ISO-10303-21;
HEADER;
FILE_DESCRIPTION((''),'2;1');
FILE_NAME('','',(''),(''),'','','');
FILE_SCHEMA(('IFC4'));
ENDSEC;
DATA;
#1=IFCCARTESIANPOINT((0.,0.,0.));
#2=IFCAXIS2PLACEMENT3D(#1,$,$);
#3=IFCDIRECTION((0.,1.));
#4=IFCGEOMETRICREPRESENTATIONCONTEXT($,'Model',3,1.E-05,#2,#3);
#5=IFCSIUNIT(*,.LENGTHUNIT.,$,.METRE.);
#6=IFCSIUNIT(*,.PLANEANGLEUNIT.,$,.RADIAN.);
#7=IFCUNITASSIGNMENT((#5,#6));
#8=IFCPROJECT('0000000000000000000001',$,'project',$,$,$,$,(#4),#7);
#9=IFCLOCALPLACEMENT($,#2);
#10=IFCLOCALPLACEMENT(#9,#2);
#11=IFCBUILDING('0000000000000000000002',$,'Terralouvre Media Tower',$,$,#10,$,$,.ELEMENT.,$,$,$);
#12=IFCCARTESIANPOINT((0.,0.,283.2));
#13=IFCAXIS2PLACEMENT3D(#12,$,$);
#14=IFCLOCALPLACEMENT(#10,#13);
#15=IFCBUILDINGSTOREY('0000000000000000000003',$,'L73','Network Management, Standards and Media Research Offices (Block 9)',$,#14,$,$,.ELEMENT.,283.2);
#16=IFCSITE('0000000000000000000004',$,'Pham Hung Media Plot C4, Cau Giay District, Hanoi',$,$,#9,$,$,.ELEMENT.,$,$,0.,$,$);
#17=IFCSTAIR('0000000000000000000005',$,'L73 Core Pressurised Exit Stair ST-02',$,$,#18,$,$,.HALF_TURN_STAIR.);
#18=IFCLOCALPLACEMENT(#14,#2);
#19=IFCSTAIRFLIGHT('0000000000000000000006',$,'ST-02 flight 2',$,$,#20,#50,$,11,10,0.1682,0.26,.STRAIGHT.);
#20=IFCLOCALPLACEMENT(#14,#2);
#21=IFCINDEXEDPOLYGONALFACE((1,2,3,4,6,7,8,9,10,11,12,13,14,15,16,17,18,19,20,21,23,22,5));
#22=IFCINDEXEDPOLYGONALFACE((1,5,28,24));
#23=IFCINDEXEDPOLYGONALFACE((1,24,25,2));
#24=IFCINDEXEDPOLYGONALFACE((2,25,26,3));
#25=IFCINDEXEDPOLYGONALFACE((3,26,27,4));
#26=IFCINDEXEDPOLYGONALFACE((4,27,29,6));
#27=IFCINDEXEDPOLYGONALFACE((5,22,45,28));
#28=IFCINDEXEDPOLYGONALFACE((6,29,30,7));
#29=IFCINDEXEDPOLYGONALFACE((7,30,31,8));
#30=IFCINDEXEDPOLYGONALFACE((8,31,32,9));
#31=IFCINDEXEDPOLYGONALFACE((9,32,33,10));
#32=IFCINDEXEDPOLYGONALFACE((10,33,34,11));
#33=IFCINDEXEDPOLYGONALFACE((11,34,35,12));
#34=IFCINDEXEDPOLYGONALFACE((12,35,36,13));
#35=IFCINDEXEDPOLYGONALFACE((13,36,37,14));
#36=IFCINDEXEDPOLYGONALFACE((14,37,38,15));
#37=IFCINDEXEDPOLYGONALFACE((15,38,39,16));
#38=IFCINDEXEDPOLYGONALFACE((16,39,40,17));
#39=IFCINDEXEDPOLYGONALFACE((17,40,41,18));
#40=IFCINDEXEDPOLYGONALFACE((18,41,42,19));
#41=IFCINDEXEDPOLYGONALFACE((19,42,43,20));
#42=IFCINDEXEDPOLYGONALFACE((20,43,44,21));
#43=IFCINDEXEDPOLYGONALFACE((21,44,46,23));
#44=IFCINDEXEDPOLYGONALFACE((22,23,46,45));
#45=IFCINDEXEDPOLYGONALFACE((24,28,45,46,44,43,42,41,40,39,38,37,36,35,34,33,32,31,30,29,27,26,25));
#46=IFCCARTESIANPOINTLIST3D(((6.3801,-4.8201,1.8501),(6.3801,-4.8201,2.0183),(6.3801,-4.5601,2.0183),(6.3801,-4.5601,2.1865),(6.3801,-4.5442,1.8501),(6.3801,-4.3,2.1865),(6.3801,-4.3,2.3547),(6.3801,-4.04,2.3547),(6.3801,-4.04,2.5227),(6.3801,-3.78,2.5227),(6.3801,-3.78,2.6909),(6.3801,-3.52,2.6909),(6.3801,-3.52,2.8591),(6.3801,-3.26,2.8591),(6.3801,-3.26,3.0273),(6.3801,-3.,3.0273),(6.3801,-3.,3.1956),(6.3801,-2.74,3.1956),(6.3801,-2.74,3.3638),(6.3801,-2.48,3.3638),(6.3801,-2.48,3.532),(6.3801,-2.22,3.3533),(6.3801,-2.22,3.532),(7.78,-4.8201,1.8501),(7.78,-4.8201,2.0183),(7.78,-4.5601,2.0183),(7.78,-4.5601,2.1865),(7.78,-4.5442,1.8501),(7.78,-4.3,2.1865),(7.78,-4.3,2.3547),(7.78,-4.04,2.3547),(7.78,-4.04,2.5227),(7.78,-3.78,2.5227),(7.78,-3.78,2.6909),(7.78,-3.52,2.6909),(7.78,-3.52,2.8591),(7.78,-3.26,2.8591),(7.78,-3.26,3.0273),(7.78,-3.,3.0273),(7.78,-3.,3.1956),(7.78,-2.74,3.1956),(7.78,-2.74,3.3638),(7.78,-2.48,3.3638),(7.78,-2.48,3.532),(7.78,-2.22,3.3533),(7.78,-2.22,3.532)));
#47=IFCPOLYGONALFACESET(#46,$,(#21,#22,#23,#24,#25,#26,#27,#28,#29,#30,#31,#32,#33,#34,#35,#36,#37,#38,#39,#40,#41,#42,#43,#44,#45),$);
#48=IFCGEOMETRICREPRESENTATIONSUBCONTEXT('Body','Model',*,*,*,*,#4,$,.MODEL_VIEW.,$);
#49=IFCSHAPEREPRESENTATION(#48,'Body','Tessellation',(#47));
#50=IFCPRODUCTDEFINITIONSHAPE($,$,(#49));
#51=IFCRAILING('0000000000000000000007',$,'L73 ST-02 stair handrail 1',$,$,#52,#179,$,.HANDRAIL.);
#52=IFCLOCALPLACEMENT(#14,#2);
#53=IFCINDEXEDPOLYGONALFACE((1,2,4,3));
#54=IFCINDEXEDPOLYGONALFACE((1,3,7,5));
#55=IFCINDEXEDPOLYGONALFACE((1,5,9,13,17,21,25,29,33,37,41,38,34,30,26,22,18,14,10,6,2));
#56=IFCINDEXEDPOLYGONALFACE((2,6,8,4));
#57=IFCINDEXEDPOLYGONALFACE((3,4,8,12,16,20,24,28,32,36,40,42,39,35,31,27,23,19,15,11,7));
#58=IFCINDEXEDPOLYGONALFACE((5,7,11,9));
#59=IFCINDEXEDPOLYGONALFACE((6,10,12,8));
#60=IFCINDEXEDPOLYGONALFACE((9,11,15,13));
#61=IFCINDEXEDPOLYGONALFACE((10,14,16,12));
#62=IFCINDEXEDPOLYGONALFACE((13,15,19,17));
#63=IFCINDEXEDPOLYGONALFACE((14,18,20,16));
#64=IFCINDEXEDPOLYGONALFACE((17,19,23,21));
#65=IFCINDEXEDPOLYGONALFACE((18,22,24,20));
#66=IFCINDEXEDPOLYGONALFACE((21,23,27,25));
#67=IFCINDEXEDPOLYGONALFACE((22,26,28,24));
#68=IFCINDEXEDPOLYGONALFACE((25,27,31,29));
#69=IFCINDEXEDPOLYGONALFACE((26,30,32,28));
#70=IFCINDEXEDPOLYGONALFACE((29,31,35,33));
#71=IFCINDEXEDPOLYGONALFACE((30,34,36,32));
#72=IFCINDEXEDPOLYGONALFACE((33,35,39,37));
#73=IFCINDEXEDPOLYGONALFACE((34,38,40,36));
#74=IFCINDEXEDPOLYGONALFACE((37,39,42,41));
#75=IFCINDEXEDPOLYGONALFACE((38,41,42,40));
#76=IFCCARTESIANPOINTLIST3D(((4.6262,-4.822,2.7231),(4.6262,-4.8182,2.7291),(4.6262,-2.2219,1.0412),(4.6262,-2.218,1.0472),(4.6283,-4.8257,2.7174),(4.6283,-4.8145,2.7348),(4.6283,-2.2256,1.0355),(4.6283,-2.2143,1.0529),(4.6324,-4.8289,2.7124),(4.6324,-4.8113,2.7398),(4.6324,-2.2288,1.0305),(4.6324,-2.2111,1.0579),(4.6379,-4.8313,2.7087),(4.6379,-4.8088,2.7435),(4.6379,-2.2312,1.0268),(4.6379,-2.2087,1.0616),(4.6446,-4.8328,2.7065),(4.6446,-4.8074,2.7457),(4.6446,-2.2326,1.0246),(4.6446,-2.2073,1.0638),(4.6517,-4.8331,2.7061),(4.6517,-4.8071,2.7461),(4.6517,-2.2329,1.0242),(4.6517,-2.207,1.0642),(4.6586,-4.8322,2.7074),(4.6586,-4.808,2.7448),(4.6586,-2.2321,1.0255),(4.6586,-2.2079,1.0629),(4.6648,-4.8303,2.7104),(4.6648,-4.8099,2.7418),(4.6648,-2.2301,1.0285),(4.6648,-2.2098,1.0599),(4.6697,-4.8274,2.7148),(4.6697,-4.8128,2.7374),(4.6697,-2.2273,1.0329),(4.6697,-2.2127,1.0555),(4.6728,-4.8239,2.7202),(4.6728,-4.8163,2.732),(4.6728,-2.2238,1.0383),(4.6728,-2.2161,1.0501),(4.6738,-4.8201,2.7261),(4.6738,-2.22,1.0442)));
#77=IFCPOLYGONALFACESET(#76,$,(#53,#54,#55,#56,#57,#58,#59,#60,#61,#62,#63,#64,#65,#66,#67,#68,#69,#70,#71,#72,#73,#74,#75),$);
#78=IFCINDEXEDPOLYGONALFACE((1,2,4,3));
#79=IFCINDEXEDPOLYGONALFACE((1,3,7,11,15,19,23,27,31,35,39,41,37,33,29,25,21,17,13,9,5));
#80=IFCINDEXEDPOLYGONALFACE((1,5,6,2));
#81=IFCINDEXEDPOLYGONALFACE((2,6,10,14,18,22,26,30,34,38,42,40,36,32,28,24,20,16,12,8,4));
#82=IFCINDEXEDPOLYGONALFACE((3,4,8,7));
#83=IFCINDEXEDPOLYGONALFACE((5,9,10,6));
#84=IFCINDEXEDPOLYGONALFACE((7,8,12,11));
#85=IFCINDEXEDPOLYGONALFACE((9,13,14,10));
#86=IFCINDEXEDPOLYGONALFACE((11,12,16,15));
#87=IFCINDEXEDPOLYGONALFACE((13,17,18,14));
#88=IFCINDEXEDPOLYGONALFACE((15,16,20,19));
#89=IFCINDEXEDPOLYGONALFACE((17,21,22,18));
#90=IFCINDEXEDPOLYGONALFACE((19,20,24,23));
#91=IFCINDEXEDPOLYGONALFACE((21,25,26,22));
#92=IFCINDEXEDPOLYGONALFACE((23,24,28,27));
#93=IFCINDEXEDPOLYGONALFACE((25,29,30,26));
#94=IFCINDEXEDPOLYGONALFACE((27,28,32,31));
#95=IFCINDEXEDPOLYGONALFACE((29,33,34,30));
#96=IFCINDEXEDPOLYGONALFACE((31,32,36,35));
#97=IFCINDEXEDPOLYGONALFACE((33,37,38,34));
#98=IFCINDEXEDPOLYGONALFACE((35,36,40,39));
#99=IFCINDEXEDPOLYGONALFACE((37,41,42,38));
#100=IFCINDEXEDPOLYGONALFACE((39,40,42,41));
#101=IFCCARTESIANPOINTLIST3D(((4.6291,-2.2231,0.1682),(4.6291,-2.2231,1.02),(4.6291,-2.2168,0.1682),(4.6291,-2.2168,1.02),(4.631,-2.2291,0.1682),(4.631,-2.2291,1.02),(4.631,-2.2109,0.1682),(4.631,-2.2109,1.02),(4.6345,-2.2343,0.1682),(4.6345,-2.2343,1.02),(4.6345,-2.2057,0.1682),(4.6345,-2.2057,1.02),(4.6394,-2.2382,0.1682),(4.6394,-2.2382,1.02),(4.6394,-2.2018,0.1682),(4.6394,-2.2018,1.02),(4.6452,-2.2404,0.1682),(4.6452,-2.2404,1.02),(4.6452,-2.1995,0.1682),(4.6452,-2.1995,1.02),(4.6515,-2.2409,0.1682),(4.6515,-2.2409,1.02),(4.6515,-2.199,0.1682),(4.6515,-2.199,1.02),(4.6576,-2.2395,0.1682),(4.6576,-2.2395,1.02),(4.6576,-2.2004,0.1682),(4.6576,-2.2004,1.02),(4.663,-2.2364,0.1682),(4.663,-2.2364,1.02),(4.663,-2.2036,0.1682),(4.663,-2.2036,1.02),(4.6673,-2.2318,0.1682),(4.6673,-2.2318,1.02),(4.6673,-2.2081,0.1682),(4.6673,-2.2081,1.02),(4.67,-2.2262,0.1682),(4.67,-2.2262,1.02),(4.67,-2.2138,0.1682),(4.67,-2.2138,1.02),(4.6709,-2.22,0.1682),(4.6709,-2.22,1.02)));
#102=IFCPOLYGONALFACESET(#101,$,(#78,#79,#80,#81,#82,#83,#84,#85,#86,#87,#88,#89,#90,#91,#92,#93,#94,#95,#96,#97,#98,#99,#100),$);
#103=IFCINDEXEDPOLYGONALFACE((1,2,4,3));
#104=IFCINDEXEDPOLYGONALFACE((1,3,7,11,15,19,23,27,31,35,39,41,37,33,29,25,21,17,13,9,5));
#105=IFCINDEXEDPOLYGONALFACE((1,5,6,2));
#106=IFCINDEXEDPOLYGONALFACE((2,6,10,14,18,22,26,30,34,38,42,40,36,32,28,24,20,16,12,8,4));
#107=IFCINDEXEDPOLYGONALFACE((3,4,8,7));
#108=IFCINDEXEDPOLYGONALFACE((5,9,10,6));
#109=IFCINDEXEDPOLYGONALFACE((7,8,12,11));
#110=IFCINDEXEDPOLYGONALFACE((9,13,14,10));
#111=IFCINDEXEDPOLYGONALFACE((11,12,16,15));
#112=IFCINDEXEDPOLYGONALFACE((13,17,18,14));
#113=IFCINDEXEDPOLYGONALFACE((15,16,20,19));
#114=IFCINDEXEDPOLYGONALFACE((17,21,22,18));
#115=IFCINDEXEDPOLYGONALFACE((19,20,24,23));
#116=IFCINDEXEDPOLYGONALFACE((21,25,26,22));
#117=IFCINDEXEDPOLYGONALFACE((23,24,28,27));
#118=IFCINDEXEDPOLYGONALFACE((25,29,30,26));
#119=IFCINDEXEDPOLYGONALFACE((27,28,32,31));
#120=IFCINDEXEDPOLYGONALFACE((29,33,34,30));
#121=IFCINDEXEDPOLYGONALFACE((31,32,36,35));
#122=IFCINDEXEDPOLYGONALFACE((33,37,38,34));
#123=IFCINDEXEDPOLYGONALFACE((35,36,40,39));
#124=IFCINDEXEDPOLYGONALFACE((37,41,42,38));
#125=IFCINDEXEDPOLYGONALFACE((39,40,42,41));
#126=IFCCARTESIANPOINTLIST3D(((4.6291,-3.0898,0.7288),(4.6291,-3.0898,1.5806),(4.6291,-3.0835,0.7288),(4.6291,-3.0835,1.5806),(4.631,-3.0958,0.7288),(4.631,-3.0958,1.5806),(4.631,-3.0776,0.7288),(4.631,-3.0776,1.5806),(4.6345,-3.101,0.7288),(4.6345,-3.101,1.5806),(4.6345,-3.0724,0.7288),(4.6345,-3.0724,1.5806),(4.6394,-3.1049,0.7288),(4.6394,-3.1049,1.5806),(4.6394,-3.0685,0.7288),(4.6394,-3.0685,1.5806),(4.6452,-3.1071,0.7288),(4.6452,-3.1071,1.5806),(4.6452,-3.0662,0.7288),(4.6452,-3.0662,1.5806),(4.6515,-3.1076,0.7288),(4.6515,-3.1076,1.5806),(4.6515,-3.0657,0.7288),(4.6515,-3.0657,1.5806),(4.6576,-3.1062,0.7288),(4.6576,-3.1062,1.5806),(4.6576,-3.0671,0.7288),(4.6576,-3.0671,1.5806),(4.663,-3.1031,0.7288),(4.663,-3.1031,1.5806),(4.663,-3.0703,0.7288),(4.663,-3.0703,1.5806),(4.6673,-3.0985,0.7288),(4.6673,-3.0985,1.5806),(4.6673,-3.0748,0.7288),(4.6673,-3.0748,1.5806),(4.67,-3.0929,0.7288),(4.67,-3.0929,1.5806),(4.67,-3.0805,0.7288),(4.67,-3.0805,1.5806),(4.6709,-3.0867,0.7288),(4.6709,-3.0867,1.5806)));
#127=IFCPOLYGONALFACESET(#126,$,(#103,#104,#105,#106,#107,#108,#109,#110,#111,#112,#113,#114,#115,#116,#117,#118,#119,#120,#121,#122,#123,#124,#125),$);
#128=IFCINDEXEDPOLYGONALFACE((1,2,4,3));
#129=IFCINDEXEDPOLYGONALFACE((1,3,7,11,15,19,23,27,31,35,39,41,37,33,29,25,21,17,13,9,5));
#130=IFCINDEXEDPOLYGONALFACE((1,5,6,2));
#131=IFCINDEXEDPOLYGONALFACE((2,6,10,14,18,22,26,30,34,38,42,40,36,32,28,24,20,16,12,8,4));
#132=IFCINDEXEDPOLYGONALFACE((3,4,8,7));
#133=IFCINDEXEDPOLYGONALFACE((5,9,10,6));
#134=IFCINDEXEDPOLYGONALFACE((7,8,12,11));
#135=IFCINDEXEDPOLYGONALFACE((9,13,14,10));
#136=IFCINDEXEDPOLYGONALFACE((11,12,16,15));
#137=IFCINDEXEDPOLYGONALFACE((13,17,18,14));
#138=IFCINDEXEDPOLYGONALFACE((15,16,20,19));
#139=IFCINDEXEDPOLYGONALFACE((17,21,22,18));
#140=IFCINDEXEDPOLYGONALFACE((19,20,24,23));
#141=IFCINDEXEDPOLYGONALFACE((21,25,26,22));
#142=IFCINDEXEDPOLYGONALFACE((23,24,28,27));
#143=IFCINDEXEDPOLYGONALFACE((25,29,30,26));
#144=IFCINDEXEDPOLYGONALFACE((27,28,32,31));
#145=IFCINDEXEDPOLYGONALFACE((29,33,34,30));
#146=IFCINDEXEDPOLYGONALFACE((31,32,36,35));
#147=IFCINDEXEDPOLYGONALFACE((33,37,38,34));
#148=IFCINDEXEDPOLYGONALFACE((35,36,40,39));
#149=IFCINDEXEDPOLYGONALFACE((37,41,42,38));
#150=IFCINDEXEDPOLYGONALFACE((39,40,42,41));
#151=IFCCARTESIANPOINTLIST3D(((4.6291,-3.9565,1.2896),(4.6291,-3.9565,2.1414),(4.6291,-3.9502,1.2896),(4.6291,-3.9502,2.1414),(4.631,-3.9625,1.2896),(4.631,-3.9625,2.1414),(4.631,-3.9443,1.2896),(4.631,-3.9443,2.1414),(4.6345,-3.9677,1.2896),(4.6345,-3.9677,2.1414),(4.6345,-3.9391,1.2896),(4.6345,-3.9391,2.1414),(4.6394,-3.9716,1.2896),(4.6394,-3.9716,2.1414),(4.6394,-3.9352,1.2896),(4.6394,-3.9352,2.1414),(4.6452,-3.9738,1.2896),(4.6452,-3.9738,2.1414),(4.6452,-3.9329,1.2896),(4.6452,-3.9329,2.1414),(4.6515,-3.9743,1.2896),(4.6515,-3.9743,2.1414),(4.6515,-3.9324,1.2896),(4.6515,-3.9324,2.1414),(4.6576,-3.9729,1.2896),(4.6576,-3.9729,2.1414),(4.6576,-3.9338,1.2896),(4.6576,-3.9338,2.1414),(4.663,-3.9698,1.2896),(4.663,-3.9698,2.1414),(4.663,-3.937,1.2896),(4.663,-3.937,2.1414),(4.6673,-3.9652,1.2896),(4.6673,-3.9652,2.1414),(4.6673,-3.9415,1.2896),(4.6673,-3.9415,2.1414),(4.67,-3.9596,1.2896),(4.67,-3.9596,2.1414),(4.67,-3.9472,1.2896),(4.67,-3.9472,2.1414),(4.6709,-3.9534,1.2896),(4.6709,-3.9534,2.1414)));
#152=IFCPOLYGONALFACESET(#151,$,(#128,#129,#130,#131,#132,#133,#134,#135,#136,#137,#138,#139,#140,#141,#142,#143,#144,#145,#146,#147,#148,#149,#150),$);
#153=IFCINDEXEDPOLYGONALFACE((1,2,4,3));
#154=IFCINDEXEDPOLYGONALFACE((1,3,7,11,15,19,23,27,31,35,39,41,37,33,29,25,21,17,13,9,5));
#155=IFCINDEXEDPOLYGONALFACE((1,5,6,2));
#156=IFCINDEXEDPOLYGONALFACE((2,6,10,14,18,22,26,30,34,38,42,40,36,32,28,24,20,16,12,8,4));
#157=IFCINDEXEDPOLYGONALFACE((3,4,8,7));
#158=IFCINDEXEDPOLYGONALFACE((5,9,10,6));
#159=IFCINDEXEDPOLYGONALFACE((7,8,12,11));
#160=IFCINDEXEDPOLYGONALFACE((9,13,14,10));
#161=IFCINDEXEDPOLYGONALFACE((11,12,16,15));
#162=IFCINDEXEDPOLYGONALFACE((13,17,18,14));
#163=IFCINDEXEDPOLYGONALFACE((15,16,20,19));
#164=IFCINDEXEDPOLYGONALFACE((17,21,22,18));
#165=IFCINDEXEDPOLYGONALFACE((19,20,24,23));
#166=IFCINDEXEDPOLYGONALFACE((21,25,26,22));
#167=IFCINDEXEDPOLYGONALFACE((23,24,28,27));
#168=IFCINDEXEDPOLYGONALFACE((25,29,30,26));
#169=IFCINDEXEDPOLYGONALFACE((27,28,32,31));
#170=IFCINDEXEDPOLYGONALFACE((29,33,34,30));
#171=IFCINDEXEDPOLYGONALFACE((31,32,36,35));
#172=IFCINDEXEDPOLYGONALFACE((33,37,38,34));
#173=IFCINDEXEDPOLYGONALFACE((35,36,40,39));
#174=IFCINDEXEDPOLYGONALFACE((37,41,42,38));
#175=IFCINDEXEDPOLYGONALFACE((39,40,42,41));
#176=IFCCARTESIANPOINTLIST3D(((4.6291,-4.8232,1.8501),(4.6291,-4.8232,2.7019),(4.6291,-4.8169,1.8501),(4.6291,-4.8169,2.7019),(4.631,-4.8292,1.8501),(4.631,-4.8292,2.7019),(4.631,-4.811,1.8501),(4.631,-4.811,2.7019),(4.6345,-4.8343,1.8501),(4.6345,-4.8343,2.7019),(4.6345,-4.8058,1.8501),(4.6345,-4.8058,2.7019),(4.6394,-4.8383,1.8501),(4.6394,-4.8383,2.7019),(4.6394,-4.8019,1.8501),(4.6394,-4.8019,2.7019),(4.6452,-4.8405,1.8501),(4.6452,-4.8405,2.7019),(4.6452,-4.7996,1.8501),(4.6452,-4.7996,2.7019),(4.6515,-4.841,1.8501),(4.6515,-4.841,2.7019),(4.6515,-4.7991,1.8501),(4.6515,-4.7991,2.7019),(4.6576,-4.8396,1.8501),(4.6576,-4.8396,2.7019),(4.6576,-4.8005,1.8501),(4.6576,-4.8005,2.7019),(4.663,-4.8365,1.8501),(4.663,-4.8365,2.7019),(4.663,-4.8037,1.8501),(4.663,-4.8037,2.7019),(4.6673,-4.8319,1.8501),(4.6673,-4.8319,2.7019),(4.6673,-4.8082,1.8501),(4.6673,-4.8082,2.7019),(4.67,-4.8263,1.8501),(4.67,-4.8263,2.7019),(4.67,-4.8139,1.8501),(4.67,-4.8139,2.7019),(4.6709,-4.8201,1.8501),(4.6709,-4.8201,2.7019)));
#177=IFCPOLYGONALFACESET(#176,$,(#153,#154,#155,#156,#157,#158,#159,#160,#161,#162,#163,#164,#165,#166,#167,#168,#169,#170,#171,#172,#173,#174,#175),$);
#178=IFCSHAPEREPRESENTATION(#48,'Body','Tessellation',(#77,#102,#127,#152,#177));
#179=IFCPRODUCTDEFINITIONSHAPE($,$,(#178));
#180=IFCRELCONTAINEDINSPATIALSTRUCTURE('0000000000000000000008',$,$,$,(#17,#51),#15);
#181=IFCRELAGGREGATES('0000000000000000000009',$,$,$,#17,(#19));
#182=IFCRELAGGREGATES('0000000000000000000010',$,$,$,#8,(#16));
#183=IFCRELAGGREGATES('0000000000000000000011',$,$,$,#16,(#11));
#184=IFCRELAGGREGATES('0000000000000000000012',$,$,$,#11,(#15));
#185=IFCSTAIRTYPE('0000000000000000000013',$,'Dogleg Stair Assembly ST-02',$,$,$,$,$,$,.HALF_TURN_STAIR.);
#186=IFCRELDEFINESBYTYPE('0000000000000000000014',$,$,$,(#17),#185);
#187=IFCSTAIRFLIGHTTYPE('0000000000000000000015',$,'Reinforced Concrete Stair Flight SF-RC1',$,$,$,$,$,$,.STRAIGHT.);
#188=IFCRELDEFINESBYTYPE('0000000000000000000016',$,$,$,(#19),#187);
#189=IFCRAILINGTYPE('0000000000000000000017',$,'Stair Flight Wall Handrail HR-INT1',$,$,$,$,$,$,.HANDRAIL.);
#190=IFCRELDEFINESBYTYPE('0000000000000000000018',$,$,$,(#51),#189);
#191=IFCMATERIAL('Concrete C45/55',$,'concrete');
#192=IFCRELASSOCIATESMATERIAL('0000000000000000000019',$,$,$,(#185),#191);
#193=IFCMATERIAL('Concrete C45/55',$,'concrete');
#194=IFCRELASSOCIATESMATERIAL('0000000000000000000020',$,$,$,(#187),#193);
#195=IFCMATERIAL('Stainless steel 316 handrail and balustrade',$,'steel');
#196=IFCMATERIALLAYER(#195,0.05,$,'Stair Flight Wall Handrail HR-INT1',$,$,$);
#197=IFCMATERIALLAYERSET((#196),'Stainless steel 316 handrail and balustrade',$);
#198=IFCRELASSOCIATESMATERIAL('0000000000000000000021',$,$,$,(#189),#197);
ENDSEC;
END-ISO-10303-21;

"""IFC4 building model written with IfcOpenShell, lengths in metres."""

from ifc_helpers import new_model, si_unit, direction, frame, origin, origin_2d, place, context, subcontext, project, spatial, polyline, circle, outline, extrude, material, layer, layer_set, type_object, element, aggregate, save


model = new_model("IFC4")

# Units and contexts
model_context = context("Model", 3, precision=1e-05, world=origin(), true_north=direction((0.0, 1.0)))
body_context = subcontext(model_context, "Body", "Model", "MODEL_VIEW")
ifc_project = project(units=[si_unit("LENGTHUNIT", "METRE"), si_unit("PLANEANGLEUNIT", "RADIAN")], contexts=[model_context])

# Site, building, storey
site_placement = place(None, origin())
site = spatial("IfcSite", under=ifc_project, at=site_placement, Name="Pham Hung Media Plot C4, Cau Giay District, Hanoi", CompositionType="ELEMENT", RefElevation=0.0)
building_placement = place(site_placement, origin())
building = spatial("IfcBuilding", under=site, at=building_placement, Name="Terralouvre Media Tower", CompositionType="ELEMENT")
storey_placement = place(building_placement, frame((0.0, 0.0, 283.2)))
storey = spatial("IfcBuildingStorey", under=building, at=storey_placement, Name="L73", Description="Network Management, Standards and Media Research Offices (Block 9)", CompositionType="ELEMENT", Elevation=283.2)

# Stair, stair flight
ifc_material_1 = material(Name="Concrete C45/55", Category="concrete")
stair_type = type_object("IfcStairType", Name="Dogleg Stair Assembly ST-02", PredefinedType="HALF_TURN_STAIR", material=ifc_material_1)
stair_placement = place(storey_placement, origin())
stair = element("IfcStair", 1, at=stair_placement, inside=storey, type_object=stair_type, Name="L73 Core Pressurised Exit Stair ST-02", PredefinedType="HALF_TURN_STAIR")
ifc_material_2 = material(Name="Concrete C45/55", Category="concrete")
stair_flight_type = type_object("IfcStairFlightType", Name="Reinforced Concrete Stair Flight SF-RC1", PredefinedType="STRAIGHT", material=ifc_material_2)
stair_flight_1_placement = place(storey_placement, frame((7.0801, -4.8201, 1.8501), z_axis=(0.0, 0.0, 1.0), x_axis=(0.0, 1.0, 0.0)))
stair_flight_1 = element("IfcStairFlight", 2, at=stair_flight_1_placement, type_object=stair_flight_type, Name="ST-02 flight 2", NumberOfRisers=11, NumberOfTreads=10, PredefinedType="STRAIGHT", RiserHeight=0.1682, TreadLength=0.26, context=body_context, shape_type="SweptSolid", body=[
    extrude(outline(polyline([(0.0, 0.0), (0.0, 0.1682), (0.26, 0.1682), (0.26, 0.3364), (0.52, 0.3364), (0.52, 0.5046), (0.78, 0.5046), (0.78, 0.6726), (1.04, 0.6726), (1.04, 0.8408), (1.3, 0.8408), (1.3, 1.009), (1.5601, 1.009), (1.5601, 1.1772), (1.8201, 1.1772), (1.8201, 1.3455), (2.0801, 1.3455), (2.0801, 1.5137), (2.3401, 1.5137), (2.3401, 1.6819), (2.6001, 1.6819), (2.6001, 1.8501), (2.6001, 1.5032), (0.2759, 0.0), (0.0, 0.0)])), frame((0.0, 0.7, 0.0), z_axis=(0.0, -1.0, 0.0), x_axis=(1.0, 0.0, 0.0)), (0.0, 0.0, 1.0), 1.3999),
])
aggregate(stair, [stair_flight_1])

# Railing
ifc_material_3 = material(Name="Stainless steel 316 handrail and balustrade", Category="steel")
ifc_layer_1 = layer(ifc_material_3, 0.05, Name="Stair Flight Wall Handrail HR-INT1")
ifc_layer_set_1 = layer_set([ifc_layer_1], Name="Stainless steel 316 handrail and balustrade")
railing_type_1 = type_object("IfcRailingType", Name="Stair Flight Wall Handrail HR-INT1", PredefinedType="HANDRAIL", material=ifc_layer_set_1)
railing_1_placement = place(storey_placement, frame((4.6499, -2.22, 0.1682)))
element("IfcRailing", 3, at=railing_1_placement, inside=storey, type_object=railing_type_1, Name="L73 ST-02 stair handrail 1", PredefinedType="HANDRAIL", context=body_context, shape_type="SweptSolid", body=[
    extrude(circle(Radius=0.0239, at=origin_2d()), frame((0.0, 0.0, 0.876), z_axis=(0.0, -0.839648, 0.54313), x_axis=(1.0, 0.0, 0.0)), (0.0, 0.0, 1.0), 3.0967),
    extrude(circle(Radius=0.021, at=origin_2d()), origin(), (0.0, 0.0, 1.0), 0.8518),
    extrude(circle(Radius=0.021, at=origin_2d()), frame((0.0, -0.8667, 0.5605)), (0.0, 0.0, 1.0), 0.8518),
    extrude(circle(Radius=0.021, at=origin_2d()), frame((0.0, -1.7334, 1.1213)), (0.0, 0.0, 1.0), 0.8518),
    extrude(circle(Radius=0.021, at=origin_2d()), frame((0.0, -2.6001, 1.6819)), (0.0, 0.0, 1.0), 0.8518),
])

save(model, "model.ifc")
